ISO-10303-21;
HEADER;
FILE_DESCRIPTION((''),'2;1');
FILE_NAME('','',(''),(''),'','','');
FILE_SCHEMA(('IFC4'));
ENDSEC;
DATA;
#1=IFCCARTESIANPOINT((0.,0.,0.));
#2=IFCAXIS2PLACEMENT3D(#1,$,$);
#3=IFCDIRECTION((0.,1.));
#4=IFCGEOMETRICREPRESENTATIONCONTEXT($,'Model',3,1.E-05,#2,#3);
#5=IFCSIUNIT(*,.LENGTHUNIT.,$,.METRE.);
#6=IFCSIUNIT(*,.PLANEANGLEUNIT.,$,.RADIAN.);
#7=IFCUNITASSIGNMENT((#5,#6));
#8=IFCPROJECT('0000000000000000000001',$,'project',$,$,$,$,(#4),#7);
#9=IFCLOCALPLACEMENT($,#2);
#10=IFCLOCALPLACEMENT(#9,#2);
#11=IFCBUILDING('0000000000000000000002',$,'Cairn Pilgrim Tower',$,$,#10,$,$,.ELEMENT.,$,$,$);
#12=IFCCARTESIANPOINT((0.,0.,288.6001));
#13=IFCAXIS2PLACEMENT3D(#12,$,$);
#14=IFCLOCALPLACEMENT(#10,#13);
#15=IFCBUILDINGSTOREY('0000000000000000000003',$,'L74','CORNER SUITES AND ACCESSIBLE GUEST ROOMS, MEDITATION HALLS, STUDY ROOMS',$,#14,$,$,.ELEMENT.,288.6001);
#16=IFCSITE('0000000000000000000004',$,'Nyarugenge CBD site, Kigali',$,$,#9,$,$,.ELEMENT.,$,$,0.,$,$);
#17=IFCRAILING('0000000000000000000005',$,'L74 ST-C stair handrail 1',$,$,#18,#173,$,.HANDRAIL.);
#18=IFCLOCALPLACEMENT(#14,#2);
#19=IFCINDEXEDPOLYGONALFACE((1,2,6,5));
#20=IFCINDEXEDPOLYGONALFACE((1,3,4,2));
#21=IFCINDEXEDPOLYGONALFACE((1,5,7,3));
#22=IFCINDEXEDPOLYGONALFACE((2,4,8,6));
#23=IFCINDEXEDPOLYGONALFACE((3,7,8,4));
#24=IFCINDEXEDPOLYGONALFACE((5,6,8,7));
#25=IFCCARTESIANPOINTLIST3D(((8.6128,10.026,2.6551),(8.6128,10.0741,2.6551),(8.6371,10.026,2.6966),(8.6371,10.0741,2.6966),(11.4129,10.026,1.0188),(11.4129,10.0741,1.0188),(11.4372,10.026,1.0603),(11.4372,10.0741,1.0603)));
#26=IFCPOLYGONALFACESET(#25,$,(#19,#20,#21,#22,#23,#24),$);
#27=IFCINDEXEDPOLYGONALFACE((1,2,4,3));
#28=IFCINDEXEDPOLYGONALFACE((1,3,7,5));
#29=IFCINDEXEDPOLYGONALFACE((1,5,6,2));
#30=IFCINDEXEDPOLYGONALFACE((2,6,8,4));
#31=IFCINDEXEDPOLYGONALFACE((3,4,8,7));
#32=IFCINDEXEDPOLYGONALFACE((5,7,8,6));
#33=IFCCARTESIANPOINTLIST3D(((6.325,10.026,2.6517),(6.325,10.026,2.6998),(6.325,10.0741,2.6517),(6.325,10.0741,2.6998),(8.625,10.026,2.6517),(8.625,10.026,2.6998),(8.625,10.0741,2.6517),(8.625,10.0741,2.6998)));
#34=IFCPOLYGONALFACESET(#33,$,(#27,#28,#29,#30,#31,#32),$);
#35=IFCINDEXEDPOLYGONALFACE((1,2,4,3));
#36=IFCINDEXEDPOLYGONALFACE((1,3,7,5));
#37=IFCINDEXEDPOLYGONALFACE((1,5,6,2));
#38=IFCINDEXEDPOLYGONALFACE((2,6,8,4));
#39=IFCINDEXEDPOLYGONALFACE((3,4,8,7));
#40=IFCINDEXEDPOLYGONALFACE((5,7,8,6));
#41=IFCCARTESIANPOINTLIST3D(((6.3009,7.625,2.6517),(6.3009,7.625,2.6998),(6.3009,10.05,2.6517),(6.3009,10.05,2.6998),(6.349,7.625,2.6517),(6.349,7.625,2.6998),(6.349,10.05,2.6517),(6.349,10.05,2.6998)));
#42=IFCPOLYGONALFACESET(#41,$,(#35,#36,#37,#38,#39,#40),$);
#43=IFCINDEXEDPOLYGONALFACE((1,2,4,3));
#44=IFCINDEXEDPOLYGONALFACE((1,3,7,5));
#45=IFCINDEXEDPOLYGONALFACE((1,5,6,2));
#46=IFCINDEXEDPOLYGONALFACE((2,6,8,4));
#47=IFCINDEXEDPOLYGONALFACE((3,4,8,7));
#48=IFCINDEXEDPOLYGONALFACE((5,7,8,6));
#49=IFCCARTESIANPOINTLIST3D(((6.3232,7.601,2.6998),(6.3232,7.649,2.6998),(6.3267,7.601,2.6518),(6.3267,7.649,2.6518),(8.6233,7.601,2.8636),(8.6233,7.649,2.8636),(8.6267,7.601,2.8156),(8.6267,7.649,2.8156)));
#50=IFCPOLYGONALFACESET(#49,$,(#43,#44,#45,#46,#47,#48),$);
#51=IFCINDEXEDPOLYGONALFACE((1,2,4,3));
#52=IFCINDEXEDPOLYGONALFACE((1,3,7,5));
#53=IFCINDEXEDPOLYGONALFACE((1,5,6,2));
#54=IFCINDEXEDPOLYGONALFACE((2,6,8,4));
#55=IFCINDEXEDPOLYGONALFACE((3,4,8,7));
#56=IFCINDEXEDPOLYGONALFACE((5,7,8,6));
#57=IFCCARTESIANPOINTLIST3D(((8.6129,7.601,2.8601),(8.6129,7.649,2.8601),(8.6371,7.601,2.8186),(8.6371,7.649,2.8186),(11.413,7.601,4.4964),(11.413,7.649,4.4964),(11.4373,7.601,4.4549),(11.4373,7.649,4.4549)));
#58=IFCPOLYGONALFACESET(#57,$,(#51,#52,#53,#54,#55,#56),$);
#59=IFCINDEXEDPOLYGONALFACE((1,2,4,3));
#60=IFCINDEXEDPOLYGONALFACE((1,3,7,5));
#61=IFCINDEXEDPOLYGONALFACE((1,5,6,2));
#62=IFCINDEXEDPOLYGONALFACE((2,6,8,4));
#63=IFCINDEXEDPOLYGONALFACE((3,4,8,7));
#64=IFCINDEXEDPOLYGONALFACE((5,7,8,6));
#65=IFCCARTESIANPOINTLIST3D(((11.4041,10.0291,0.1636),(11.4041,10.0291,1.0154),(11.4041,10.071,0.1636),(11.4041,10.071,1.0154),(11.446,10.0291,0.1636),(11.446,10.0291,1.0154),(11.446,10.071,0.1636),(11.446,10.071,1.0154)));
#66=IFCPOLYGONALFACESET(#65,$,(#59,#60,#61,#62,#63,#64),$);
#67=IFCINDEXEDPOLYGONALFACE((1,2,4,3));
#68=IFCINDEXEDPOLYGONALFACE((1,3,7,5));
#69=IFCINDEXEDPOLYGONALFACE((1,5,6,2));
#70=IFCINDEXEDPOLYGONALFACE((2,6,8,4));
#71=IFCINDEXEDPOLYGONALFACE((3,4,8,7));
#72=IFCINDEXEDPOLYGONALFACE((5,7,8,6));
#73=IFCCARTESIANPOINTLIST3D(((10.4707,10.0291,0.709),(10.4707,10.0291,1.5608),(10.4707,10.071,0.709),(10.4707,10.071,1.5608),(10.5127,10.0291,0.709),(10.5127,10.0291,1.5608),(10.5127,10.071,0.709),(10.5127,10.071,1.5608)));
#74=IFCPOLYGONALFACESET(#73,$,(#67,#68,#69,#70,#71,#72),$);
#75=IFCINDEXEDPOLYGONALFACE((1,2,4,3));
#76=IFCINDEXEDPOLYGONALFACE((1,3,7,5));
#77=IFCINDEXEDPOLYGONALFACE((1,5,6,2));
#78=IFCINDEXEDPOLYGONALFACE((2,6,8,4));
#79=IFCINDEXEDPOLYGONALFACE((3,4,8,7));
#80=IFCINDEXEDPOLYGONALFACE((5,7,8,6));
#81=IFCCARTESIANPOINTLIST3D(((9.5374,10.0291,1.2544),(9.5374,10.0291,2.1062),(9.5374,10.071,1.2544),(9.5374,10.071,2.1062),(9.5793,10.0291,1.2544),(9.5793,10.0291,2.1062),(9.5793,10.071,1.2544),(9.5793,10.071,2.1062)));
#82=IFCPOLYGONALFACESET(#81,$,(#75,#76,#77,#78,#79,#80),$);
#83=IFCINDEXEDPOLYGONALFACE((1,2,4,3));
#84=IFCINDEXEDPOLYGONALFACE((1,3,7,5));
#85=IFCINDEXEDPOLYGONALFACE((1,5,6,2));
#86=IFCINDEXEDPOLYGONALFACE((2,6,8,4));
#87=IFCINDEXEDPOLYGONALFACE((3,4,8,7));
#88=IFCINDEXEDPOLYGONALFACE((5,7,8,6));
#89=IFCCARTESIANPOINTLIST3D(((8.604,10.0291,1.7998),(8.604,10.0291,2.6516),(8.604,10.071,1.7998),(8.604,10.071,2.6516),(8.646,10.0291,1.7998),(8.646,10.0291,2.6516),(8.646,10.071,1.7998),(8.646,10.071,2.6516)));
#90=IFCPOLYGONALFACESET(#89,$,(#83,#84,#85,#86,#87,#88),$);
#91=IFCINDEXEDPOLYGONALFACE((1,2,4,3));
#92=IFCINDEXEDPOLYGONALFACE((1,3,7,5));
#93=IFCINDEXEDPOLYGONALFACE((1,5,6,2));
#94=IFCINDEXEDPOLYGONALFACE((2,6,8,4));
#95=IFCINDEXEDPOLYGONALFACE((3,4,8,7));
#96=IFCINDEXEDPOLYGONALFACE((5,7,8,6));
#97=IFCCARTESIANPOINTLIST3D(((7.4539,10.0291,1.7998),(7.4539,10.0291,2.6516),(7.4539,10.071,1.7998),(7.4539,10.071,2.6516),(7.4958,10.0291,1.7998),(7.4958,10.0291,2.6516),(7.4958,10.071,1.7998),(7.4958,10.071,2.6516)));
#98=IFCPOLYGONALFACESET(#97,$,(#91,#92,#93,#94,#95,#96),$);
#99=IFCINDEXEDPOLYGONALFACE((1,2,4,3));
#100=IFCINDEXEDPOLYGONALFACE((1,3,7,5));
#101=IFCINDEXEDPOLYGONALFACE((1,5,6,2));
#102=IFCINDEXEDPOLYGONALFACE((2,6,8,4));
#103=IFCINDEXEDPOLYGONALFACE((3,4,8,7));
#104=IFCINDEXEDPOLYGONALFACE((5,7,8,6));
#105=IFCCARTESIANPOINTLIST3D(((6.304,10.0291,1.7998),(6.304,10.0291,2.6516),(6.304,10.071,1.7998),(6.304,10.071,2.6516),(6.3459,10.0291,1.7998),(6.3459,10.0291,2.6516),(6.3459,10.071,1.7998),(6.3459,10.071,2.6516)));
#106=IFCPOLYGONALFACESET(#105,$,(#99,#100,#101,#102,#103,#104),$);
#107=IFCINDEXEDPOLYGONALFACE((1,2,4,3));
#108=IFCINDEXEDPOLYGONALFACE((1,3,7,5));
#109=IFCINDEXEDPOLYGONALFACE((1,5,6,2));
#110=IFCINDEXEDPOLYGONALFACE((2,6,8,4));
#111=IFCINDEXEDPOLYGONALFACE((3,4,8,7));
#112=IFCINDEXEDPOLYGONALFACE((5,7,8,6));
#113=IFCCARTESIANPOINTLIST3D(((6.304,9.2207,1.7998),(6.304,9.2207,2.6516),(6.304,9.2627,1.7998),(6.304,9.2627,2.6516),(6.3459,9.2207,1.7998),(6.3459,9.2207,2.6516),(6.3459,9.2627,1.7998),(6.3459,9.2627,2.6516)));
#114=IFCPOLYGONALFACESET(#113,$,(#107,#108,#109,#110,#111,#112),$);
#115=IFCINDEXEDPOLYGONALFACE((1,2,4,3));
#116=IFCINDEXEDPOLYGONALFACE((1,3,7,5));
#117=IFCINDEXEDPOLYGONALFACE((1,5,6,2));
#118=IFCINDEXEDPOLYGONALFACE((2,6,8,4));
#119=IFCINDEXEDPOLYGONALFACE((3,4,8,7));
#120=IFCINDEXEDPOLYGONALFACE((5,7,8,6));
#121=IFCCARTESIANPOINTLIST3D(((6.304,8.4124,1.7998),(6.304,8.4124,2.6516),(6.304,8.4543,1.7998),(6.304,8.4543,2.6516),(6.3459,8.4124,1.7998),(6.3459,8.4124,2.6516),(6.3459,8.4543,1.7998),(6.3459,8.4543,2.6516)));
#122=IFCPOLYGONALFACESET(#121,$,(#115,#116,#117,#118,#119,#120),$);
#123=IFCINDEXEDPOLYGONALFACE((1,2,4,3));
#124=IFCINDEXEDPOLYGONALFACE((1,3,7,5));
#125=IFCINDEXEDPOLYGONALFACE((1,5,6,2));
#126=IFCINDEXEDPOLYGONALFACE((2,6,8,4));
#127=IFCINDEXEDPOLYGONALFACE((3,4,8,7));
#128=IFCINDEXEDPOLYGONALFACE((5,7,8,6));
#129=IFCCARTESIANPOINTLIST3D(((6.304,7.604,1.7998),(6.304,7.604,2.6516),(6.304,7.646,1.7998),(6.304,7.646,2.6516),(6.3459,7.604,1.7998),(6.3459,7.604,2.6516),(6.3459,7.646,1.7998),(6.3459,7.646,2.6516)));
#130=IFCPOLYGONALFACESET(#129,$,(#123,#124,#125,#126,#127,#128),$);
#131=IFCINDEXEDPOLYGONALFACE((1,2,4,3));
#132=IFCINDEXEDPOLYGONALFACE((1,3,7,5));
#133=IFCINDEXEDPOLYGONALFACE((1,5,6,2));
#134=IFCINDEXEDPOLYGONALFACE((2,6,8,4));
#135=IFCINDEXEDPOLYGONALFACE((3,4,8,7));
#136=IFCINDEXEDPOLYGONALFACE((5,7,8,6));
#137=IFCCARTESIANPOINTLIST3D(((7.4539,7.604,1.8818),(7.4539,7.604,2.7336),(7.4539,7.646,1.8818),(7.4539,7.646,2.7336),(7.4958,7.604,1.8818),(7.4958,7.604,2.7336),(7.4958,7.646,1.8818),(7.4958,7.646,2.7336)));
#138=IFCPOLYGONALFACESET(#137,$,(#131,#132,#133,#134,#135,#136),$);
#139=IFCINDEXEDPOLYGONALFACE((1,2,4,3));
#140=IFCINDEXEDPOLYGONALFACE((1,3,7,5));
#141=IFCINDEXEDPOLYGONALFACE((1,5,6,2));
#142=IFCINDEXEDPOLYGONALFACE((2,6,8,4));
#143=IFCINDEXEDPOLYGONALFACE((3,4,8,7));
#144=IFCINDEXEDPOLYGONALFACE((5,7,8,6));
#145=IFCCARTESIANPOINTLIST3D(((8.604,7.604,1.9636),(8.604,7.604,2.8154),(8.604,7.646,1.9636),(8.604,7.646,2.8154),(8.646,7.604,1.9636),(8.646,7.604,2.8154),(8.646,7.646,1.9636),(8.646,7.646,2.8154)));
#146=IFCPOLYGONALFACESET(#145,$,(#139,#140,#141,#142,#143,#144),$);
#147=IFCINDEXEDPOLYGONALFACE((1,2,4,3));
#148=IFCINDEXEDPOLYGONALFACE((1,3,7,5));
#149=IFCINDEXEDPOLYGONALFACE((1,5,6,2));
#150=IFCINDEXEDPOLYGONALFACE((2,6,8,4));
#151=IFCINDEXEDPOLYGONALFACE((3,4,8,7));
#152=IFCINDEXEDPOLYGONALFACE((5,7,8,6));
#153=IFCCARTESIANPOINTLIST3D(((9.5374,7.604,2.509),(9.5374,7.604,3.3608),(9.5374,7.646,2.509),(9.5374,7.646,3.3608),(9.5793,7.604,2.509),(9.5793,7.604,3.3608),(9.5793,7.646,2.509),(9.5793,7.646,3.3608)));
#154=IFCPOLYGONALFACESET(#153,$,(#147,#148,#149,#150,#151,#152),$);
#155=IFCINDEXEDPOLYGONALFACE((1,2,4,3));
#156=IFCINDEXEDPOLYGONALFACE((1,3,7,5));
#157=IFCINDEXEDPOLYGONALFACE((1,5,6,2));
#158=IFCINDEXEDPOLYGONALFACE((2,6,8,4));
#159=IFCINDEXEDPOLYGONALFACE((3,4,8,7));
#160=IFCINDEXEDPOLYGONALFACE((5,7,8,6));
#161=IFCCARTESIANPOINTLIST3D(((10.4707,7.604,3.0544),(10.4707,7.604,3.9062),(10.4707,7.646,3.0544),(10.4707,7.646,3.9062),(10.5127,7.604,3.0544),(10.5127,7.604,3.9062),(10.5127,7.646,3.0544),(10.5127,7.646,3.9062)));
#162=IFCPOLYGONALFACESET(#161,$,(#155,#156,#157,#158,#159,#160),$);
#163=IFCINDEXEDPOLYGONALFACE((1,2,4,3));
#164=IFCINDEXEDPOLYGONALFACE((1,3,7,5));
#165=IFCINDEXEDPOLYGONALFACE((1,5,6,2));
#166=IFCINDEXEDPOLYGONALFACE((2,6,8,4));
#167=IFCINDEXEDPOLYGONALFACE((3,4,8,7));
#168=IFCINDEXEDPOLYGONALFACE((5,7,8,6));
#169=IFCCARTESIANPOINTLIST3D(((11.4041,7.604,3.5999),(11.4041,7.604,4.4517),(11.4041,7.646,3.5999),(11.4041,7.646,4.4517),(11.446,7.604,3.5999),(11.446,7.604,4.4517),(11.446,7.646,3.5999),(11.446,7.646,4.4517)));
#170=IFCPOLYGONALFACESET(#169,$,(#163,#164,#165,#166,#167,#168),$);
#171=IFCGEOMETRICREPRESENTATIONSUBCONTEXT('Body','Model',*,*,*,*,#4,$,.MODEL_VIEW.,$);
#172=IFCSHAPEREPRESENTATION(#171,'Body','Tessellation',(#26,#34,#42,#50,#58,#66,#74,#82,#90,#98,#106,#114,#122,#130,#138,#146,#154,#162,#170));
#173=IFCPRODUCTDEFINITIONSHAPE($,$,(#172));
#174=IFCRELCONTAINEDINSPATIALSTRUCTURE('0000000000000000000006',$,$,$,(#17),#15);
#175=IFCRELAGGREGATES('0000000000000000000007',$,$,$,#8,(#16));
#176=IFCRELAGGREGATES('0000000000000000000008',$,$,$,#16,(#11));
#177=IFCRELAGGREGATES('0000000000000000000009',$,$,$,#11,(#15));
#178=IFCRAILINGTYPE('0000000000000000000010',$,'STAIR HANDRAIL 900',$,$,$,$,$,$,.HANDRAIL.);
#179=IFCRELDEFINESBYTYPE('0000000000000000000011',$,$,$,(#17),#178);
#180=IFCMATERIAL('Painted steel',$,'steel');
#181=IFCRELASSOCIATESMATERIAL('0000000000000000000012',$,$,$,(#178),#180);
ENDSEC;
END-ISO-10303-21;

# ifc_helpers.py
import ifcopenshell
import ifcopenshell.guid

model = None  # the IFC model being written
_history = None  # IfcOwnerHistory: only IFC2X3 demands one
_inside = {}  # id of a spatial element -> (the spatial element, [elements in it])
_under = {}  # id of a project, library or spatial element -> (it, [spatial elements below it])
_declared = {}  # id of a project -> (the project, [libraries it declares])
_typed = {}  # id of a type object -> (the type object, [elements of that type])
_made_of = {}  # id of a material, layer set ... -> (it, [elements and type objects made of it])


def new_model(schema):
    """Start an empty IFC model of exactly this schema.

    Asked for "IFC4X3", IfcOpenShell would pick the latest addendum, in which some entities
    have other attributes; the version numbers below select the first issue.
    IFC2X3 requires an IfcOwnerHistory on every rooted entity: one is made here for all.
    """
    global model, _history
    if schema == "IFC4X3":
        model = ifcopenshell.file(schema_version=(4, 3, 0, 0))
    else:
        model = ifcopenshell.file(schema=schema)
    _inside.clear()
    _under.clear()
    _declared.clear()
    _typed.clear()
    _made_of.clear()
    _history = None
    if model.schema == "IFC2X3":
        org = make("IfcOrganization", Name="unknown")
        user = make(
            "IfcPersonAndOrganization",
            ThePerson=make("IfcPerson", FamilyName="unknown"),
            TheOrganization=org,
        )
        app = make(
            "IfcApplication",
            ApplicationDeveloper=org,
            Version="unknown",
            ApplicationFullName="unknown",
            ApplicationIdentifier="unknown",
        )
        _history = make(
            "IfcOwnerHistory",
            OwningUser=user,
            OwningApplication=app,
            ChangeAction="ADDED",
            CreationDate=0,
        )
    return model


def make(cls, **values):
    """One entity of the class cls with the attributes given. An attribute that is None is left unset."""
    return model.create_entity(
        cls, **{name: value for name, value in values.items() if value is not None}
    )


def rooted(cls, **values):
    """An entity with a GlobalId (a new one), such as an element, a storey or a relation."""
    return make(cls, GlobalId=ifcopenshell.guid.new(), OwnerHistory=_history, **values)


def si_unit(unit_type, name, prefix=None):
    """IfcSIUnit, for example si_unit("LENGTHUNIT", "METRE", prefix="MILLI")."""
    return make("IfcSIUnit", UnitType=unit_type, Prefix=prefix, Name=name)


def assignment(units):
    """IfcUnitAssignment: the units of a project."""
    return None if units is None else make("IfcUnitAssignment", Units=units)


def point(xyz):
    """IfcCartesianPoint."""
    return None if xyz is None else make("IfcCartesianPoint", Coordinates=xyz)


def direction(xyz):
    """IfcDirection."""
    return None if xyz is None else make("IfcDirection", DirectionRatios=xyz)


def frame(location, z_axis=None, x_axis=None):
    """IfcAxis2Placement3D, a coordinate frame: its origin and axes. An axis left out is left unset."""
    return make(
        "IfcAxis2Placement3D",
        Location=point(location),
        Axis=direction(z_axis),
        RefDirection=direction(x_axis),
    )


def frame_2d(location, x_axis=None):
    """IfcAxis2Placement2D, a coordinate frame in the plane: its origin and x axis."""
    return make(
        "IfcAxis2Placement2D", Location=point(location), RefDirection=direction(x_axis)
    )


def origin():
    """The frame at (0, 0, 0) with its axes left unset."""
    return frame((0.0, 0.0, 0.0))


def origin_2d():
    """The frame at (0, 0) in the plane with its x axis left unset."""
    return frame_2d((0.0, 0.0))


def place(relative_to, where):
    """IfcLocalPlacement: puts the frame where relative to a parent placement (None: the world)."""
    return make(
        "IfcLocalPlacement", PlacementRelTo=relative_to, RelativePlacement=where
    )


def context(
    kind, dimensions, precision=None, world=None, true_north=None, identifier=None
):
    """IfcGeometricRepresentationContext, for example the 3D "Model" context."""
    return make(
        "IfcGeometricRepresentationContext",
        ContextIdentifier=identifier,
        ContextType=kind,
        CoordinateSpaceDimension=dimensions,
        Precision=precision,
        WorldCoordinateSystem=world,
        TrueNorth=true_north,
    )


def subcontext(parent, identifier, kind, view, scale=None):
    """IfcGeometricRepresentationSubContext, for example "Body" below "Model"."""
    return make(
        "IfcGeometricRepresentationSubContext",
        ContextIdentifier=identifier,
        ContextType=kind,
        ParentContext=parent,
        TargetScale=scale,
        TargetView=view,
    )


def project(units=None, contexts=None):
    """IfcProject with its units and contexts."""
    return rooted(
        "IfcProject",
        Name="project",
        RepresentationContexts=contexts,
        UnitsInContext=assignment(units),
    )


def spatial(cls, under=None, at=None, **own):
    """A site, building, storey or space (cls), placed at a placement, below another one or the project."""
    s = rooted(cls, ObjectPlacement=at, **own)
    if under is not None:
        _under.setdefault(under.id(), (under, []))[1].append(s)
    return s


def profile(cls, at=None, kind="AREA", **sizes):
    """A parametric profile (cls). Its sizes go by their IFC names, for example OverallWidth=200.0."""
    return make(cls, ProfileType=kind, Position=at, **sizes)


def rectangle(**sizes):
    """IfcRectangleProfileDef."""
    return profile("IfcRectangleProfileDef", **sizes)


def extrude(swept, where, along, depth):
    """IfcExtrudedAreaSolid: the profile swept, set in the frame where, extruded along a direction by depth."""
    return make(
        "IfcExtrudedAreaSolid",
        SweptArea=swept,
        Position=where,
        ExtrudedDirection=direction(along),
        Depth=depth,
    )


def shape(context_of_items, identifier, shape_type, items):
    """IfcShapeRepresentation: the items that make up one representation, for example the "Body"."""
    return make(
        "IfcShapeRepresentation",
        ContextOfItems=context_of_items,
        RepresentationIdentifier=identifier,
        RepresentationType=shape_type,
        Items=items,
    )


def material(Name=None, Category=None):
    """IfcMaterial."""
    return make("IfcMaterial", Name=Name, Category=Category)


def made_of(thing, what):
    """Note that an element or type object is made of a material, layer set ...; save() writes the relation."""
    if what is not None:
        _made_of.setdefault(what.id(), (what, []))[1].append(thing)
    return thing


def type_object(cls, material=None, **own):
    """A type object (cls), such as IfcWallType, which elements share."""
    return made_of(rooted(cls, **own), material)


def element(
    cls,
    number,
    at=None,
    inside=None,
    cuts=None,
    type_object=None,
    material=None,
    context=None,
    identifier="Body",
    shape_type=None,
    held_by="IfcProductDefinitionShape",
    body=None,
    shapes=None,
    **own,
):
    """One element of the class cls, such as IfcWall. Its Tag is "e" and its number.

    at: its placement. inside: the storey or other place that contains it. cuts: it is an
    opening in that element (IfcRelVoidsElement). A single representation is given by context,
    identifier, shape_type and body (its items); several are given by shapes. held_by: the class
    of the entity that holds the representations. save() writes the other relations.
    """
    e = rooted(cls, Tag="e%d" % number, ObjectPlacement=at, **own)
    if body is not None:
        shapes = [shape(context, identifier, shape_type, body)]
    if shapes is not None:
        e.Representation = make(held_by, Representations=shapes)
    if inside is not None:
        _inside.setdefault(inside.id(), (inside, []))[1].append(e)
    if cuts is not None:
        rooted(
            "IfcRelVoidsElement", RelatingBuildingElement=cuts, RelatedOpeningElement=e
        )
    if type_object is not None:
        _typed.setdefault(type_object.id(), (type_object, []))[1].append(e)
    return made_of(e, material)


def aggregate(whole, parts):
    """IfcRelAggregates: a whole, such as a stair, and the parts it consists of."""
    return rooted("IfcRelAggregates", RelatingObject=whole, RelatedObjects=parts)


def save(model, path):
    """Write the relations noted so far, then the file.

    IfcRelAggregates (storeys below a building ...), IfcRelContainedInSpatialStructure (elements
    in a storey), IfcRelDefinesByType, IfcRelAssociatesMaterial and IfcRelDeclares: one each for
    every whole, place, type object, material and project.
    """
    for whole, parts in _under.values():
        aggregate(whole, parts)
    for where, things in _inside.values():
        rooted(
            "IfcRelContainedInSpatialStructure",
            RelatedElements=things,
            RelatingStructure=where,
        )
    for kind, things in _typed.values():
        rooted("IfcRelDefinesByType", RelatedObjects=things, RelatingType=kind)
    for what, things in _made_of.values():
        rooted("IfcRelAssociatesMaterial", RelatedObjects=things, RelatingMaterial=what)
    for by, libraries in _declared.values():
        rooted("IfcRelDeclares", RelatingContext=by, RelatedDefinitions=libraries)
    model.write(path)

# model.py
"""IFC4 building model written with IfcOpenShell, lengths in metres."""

from ifc_helpers import new_model, si_unit, direction, frame, origin, origin_2d, place, context, subcontext, project, spatial, rectangle, extrude, material, type_object, element, save


model = new_model("IFC4")

# Units and contexts
model_context = context("Model", 3, precision=1e-05, world=origin(), true_north=direction((0.0, 1.0)))
body_context = subcontext(model_context, "Body", "Model", "MODEL_VIEW")
ifc_project = project(units=[si_unit("LENGTHUNIT", "METRE"), si_unit("PLANEANGLEUNIT", "RADIAN")], contexts=[model_context])

# Site, building, storey
site_placement = place(None, origin())
site = spatial("IfcSite", under=ifc_project, at=site_placement, Name="Nyarugenge CBD site, Kigali", CompositionType="ELEMENT", RefElevation=0.0)
building_placement = place(site_placement, origin())
building = spatial("IfcBuilding", under=site, at=building_placement, Name="Cairn Pilgrim Tower", CompositionType="ELEMENT")
storey_placement = place(building_placement, frame((0.0, 0.0, 288.6001)))
storey = spatial("IfcBuildingStorey", under=building, at=storey_placement, Name="L74", Description="CORNER SUITES AND ACCESSIBLE GUEST ROOMS, MEDITATION HALLS, STUDY ROOMS", CompositionType="ELEMENT", Elevation=288.6001)

# Railing
ifc_material_1 = material(Name="Painted steel", Category="steel")
railing_type_1 = type_object("IfcRailingType", Name="STAIR HANDRAIL 900", PredefinedType="HANDRAIL", material=ifc_material_1)
railing_1_placement = place(storey_placement, frame((11.425, 10.05, 0.1636)))
element("IfcRailing", 1, at=railing_1_placement, inside=storey, type_object=railing_type_1, Name="L74 ST-C stair handrail 1", PredefinedType="HANDRAIL", context=body_context, shape_type="SweptSolid", body=[
    extrude(rectangle(XDim=0.0481, YDim=0.0481, at=origin_2d()), frame((0.0, 0.0, 0.876), z_axis=(-0.863394, 0.0, 0.504531), x_axis=(0.0, -1.0, 0.0)), (0.0, 0.0, 1.0), 3.2432),
    extrude(rectangle(XDim=0.0481, YDim=0.0481, at=origin_2d()), frame((-2.8, 0.0, 2.5122), z_axis=(-1.0, 0.0, 0.0), x_axis=(0.0, -1.0, 0.0)), (0.0, 0.0, 1.0), 2.3),
    extrude(rectangle(XDim=0.0481, YDim=0.0481, at=origin_2d()), frame((-5.1001, 0.0, 2.5122), z_axis=(0.0, -1.0, 0.0), x_axis=(1.0, 0.0, 0.0)), (0.0, 0.0, 1.0), 2.425),
    extrude(rectangle(XDim=0.0481, YDim=0.0481, at=origin_2d()), frame((-5.1001, -2.425, 2.5122), z_axis=(0.997473, 0.0, 0.071044), x_axis=(0.0, 1.0, 0.0)), (0.0, 0.0, 1.0), 2.3059),
    extrude(rectangle(XDim=0.0481, YDim=0.0481, at=origin_2d()), frame((-2.8, -2.425, 2.6758), z_axis=(0.863394, 0.0, 0.504531), x_axis=(0.0, 1.0, 0.0)), (0.0, 0.0, 1.0), 3.2432),
    extrude(rectangle(XDim=0.042, YDim=0.042, at=origin_2d()), origin(), (0.0, 0.0, 1.0), 0.8518),
    extrude(rectangle(XDim=0.042, YDim=0.042, at=origin_2d()), frame((-0.9333, 0.0, 0.5454)), (0.0, 0.0, 1.0), 0.8518),
    extrude(rectangle(XDim=0.042, YDim=0.042, at=origin_2d()), frame((-1.8667, 0.0, 1.0908)), (0.0, 0.0, 1.0), 0.8518),
    extrude(rectangle(XDim=0.042, YDim=0.042, at=origin_2d()), frame((-2.8, 0.0, 1.6362)), (0.0, 0.0, 1.0), 0.8518),
    extrude(rectangle(XDim=0.042, YDim=0.042, at=origin_2d()), frame((-3.9502, 0.0, 1.6362)), (0.0, 0.0, 1.0), 0.8518),
    extrude(rectangle(XDim=0.042, YDim=0.042, at=origin_2d()), frame((-5.1001, 0.0, 1.6362)), (0.0, 0.0, 1.0), 0.8518),
    extrude(rectangle(XDim=0.042, YDim=0.042, at=origin_2d()), frame((-5.1001, -0.8083, 1.6362)), (0.0, 0.0, 1.0), 0.8518),
    extrude(rectangle(XDim=0.042, YDim=0.042, at=origin_2d()), frame((-5.1001, -1.6167, 1.6362)), (0.0, 0.0, 1.0), 0.8518),
    extrude(rectangle(XDim=0.042, YDim=0.042, at=origin_2d()), frame((-5.1001, -2.425, 1.6362)), (0.0, 0.0, 1.0), 0.8518),
    extrude(rectangle(XDim=0.042, YDim=0.042, at=origin_2d()), frame((-3.9502, -2.425, 1.7183)), (0.0, 0.0, 1.0), 0.8518),
    extrude(rectangle(XDim=0.042, YDim=0.042, at=origin_2d()), frame((-2.8, -2.425, 1.8)), (0.0, 0.0, 1.0), 0.8518),
    extrude(rectangle(XDim=0.042, YDim=0.042, at=origin_2d()), frame((-1.8667, -2.425, 2.3455)), (0.0, 0.0, 1.0), 0.8518),
    extrude(rectangle(XDim=0.042, YDim=0.042, at=origin_2d()), frame((-0.9333, -2.425, 2.8909)), (0.0, 0.0, 1.0), 0.8518),
    extrude(rectangle(XDim=0.042, YDim=0.042, at=origin_2d()), frame((0.0, -2.425, 3.4363)), (0.0, 0.0, 1.0), 0.8518),
])

save(model, "model.ifc")
